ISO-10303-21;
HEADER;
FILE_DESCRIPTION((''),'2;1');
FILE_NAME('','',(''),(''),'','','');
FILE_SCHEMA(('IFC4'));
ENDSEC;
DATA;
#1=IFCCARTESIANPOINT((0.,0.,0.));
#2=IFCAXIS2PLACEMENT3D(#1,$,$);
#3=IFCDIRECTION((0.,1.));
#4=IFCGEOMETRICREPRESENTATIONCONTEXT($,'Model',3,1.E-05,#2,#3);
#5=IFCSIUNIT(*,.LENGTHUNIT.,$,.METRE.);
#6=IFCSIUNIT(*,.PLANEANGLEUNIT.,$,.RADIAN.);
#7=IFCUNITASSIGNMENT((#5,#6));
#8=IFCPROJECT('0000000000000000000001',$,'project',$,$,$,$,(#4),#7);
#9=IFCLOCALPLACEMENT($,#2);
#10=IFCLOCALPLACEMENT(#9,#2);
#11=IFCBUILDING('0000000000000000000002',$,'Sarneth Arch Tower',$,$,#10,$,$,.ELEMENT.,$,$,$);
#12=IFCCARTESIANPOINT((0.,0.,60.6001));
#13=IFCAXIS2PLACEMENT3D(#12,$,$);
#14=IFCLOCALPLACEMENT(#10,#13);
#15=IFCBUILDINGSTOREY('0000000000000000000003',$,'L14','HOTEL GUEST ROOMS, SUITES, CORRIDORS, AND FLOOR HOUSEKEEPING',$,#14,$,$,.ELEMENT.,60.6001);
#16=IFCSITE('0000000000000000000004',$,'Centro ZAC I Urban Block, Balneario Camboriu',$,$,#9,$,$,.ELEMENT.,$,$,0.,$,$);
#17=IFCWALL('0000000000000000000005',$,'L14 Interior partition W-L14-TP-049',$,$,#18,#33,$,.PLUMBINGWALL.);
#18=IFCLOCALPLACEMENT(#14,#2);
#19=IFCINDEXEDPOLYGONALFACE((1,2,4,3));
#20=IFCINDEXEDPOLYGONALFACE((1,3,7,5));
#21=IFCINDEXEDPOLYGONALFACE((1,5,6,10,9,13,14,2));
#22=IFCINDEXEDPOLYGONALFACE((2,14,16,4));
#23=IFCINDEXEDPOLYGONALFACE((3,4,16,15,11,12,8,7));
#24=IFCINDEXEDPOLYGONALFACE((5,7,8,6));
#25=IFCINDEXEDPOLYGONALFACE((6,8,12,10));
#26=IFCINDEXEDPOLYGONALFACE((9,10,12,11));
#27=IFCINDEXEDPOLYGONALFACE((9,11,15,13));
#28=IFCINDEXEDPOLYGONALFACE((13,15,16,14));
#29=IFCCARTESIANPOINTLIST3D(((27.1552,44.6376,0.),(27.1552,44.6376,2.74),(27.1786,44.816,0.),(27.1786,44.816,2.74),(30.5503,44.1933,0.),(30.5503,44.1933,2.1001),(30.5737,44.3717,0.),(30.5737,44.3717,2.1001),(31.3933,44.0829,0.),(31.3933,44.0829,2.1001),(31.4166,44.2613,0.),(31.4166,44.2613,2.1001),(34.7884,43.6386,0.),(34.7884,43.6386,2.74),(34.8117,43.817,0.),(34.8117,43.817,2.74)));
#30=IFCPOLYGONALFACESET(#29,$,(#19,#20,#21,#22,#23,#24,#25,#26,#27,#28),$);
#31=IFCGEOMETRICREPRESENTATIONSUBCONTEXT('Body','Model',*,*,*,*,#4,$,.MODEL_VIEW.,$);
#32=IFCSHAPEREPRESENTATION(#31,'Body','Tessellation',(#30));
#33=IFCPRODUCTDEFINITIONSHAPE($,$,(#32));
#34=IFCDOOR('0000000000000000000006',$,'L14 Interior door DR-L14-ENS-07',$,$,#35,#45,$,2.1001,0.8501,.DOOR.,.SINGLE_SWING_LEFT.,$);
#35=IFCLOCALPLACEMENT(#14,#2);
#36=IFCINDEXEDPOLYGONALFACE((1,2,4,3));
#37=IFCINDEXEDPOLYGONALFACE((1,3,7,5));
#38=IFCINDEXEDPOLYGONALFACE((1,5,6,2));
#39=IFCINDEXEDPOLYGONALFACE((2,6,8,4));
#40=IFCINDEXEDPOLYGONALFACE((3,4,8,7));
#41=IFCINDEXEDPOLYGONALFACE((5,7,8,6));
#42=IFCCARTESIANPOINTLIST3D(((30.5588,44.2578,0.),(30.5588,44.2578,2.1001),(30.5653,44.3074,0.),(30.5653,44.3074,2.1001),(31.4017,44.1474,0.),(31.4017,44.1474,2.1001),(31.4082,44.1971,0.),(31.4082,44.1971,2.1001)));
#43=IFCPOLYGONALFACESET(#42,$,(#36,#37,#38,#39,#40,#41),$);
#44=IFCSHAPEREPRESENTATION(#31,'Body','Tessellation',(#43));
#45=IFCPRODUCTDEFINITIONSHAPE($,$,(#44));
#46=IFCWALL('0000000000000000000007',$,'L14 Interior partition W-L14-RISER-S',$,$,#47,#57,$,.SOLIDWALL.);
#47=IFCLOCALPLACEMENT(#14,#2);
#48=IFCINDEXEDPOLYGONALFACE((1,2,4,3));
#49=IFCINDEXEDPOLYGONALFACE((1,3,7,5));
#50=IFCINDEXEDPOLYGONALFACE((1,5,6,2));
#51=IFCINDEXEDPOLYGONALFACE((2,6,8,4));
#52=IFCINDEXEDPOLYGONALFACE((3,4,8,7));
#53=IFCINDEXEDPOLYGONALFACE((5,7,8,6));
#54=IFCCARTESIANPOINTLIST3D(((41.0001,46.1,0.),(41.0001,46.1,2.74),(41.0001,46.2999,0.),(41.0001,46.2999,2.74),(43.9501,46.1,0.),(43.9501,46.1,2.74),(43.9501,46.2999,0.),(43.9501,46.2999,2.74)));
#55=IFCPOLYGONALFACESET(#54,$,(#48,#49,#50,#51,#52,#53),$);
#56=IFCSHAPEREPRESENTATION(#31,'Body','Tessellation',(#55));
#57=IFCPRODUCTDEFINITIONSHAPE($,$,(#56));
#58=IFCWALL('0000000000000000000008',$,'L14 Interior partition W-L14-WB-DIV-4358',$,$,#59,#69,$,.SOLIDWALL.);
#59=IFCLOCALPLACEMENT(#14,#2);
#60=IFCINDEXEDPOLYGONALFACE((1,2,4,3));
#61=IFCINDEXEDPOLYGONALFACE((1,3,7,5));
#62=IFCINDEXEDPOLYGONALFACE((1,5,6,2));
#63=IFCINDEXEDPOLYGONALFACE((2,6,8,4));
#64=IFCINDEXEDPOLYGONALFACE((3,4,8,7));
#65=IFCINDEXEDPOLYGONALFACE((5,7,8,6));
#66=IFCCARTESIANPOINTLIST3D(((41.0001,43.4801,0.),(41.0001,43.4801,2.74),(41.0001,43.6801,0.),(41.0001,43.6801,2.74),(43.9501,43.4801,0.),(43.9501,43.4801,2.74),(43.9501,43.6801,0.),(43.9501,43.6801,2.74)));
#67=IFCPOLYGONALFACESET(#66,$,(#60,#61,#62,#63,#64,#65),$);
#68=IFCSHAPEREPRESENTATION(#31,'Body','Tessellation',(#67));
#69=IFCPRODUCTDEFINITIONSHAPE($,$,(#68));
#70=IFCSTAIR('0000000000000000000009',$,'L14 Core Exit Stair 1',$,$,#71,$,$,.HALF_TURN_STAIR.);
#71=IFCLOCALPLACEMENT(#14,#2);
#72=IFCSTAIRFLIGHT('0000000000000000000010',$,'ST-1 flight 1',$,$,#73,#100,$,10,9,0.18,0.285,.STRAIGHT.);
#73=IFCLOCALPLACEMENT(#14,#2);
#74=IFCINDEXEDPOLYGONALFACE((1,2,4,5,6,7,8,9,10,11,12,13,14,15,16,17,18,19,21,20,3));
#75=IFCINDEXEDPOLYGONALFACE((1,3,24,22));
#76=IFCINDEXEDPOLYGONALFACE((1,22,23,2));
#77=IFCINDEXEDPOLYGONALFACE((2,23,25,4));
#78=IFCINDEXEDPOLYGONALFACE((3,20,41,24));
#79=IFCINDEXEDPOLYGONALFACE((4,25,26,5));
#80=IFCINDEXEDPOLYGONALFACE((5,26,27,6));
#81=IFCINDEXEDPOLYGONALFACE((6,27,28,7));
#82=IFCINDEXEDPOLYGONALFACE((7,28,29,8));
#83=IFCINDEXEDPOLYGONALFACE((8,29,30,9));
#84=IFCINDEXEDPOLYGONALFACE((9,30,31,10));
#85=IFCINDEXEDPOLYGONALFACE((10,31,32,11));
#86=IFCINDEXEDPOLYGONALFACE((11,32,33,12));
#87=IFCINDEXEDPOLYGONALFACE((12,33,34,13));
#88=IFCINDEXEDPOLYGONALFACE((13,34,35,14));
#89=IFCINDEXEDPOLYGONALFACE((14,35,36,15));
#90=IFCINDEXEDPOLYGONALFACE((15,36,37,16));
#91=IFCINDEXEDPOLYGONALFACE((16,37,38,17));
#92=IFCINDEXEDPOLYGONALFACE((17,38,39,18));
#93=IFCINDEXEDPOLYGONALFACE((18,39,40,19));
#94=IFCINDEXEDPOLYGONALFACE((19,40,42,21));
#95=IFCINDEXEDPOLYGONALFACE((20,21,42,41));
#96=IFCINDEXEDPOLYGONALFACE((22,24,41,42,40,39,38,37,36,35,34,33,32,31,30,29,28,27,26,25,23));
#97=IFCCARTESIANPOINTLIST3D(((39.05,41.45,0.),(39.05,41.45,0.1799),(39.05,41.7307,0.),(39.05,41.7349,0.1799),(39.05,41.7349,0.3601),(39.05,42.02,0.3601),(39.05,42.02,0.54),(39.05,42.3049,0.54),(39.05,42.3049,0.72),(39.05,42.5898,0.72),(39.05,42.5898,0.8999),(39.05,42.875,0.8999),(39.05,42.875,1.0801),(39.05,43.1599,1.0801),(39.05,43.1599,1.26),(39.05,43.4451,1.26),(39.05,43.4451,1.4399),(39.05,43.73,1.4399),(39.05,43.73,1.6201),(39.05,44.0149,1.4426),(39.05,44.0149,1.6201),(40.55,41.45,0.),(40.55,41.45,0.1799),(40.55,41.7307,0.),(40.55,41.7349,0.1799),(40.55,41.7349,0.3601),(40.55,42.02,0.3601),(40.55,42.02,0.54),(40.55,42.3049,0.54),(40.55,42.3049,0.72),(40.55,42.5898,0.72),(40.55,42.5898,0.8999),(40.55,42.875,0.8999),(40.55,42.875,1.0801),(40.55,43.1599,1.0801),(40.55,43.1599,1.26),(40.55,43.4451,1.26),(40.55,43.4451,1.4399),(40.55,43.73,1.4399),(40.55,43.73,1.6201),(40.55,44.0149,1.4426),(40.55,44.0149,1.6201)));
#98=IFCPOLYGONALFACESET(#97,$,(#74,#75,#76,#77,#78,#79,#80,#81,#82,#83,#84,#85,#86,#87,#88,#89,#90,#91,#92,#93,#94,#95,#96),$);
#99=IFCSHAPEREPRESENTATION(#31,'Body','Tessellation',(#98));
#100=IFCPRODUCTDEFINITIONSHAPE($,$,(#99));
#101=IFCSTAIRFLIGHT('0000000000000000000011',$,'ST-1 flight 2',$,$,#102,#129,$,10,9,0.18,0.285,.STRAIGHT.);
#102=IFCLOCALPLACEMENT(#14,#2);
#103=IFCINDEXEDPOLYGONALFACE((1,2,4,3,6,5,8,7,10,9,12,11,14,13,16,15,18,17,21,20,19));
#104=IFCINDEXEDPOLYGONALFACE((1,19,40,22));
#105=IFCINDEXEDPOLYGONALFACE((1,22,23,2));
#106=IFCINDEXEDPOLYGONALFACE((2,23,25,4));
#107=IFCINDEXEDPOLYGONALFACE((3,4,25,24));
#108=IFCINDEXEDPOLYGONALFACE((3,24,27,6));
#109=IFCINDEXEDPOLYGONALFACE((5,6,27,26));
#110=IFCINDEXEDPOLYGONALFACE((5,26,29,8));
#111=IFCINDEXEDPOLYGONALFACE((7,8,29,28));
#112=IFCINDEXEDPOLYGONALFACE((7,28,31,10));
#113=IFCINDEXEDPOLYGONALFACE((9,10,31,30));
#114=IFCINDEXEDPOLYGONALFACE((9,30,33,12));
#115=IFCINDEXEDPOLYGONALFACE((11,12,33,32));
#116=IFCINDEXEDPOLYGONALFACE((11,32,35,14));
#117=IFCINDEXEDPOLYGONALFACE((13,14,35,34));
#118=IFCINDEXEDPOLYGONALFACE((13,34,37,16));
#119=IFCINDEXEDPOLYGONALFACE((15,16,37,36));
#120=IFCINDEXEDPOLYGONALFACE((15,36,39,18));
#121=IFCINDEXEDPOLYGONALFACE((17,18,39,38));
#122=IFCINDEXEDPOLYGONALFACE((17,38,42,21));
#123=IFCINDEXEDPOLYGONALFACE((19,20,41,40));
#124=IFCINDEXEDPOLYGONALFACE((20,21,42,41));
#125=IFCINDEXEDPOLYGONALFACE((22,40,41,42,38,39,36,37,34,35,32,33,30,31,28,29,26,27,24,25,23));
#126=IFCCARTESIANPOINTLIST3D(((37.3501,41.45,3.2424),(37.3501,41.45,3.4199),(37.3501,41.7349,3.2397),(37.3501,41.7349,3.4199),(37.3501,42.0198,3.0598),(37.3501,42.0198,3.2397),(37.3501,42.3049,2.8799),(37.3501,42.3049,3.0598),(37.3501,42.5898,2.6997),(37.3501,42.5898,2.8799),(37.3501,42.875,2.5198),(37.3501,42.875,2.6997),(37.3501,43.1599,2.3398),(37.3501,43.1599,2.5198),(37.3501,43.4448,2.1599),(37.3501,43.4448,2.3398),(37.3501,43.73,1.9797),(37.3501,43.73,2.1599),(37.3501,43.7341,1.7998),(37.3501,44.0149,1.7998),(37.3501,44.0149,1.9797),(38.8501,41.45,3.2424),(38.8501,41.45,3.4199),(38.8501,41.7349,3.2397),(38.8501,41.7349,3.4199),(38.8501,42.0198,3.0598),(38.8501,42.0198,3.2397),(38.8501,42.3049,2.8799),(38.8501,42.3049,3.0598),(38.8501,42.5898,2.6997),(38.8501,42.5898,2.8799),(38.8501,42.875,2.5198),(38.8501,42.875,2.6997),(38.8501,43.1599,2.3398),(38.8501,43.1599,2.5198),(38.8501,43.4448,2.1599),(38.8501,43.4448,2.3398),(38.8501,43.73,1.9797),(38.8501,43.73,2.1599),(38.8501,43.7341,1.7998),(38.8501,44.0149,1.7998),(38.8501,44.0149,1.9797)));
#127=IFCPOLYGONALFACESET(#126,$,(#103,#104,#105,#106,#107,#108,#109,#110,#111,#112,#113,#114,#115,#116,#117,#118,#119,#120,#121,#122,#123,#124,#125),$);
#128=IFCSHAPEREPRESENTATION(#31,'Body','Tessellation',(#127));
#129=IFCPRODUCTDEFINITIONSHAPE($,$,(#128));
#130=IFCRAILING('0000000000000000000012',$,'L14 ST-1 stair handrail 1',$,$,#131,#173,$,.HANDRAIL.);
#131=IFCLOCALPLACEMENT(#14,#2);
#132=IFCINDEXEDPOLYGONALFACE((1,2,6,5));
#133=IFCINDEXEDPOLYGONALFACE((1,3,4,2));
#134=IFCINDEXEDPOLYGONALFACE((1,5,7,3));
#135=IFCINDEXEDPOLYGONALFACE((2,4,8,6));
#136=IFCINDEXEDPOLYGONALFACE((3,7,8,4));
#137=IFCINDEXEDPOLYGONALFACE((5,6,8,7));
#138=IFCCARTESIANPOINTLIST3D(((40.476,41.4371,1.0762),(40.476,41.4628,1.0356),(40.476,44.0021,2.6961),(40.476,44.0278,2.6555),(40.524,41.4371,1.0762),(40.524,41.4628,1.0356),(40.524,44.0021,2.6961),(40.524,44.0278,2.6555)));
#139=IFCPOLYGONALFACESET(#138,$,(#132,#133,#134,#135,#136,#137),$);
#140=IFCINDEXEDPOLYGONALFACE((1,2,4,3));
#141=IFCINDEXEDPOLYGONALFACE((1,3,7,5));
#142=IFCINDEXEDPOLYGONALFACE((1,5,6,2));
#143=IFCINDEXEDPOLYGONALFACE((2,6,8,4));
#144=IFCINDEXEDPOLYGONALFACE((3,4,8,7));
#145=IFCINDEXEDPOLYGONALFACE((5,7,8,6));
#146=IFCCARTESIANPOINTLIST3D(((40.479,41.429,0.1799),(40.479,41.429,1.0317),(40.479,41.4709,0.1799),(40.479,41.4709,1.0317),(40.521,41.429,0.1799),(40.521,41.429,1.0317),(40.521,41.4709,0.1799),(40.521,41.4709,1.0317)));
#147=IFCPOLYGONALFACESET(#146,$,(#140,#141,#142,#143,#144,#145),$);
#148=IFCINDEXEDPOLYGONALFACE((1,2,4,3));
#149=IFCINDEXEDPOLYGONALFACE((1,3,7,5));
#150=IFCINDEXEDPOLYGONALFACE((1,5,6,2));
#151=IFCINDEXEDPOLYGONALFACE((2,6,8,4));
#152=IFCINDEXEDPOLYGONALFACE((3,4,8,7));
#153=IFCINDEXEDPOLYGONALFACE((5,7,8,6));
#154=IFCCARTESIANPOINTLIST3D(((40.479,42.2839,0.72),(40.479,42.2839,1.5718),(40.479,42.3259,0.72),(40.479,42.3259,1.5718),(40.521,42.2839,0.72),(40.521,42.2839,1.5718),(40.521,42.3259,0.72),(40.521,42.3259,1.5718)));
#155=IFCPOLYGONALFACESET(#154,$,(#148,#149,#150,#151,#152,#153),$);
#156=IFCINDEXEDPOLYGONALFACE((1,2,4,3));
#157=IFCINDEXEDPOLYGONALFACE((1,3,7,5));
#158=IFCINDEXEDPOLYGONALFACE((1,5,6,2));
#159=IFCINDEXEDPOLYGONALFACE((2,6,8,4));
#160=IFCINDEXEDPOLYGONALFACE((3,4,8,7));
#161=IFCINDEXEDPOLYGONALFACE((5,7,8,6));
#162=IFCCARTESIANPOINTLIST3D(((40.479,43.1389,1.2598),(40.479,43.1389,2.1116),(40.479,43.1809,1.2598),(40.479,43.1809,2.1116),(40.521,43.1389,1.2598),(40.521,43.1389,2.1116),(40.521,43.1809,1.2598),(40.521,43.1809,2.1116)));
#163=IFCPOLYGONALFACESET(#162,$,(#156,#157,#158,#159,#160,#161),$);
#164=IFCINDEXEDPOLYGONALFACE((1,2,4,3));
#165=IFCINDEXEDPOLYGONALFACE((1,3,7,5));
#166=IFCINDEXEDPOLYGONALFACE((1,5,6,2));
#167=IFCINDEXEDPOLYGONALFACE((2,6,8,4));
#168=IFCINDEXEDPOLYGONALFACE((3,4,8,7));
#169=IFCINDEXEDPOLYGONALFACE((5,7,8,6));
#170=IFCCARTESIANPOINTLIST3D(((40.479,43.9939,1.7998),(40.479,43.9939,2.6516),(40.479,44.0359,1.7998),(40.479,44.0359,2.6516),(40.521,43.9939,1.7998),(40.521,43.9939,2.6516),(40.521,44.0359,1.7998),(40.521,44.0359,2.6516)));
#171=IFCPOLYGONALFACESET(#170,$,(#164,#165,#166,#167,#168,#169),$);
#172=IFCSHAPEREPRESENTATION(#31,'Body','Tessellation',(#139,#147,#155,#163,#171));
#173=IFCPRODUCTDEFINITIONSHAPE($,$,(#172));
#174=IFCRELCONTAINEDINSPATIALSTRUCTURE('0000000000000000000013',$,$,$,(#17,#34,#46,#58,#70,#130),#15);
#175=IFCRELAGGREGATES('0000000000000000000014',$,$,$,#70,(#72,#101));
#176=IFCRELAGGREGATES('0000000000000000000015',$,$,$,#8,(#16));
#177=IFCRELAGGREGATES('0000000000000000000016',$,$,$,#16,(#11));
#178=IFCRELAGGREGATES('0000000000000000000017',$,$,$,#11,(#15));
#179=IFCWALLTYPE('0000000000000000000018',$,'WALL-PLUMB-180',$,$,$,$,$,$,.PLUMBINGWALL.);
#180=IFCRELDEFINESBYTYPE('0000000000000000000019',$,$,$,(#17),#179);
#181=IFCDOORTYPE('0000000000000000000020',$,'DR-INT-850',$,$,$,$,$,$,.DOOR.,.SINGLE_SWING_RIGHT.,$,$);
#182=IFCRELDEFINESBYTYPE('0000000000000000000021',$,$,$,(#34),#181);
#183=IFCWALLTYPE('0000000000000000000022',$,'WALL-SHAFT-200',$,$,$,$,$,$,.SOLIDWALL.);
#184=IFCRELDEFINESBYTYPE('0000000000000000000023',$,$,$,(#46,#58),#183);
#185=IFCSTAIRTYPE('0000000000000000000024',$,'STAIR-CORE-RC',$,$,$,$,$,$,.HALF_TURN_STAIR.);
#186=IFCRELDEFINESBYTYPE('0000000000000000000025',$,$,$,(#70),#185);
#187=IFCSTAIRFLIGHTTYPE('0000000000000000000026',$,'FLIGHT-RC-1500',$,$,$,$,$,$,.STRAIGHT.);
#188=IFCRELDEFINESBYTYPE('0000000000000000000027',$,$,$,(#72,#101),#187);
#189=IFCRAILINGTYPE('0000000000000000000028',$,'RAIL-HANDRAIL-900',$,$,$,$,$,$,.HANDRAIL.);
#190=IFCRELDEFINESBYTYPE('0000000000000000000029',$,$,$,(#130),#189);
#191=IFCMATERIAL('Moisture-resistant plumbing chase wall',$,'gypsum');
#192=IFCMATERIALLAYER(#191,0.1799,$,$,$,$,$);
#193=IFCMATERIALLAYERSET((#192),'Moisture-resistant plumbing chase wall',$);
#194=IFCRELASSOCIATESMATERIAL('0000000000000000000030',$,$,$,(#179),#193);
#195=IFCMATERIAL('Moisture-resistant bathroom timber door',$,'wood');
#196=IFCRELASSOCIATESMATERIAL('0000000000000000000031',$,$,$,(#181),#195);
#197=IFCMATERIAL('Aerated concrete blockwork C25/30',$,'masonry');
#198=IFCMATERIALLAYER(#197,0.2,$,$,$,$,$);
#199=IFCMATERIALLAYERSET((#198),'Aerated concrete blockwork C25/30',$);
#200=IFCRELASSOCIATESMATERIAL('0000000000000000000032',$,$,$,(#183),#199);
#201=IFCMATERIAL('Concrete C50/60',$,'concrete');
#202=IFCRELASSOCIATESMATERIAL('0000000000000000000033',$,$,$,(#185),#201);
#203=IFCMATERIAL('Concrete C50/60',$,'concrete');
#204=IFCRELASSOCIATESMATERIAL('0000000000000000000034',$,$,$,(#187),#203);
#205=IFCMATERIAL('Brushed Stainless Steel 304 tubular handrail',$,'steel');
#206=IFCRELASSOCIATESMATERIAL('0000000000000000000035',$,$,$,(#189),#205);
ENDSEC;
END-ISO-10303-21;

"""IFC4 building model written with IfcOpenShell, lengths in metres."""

from ifc_helpers import new_model, si_unit, direction, frame, frame_2d, origin, origin_2d, place, context, subcontext, project, spatial, polyline, rectangle, outline, extrude, material, layer, layer_set, type_object, element, fill, aggregate, save


model = new_model("IFC4")

# Units and contexts
model_context = context("Model", 3, precision=1e-05, world=origin(), true_north=direction((0.0, 1.0)))
body_context = subcontext(model_context, "Body", "Model", "MODEL_VIEW")
ifc_project = project(units=[si_unit("LENGTHUNIT", "METRE"), si_unit("PLANEANGLEUNIT", "RADIAN")], contexts=[model_context])

# Site, building, storey
site_placement = place(None, origin())
site = spatial("IfcSite", under=ifc_project, at=site_placement, Name="Centro ZAC I Urban Block, Balneario Camboriu", CompositionType="ELEMENT", RefElevation=0.0)
building_placement = place(site_placement, origin())
building = spatial("IfcBuilding", under=site, at=building_placement, Name="Sarneth Arch Tower", CompositionType="ELEMENT")
storey_placement = place(building_placement, frame((0.0, 0.0, 60.6001)))
storey = spatial("IfcBuildingStorey", under=building, at=storey_placement, Name="L14", Description="HOTEL GUEST ROOMS, SUITES, CORRIDORS, AND FLOOR HOUSEKEEPING", CompositionType="ELEMENT", Elevation=60.6001)

# Wall, opening, door
ifc_material_1 = material(Name="Moisture-resistant plumbing chase wall", Category="gypsum")
ifc_layer_1 = layer(ifc_material_1, 0.1799)
ifc_layer_set_1 = layer_set([ifc_layer_1], Name="Moisture-resistant plumbing chase wall")
wall_type_1 = type_object("IfcWallType", Name="WALL-PLUMB-180", PredefinedType="PLUMBINGWALL", material=ifc_layer_set_1)
wall_1_placement = place(storey_placement, frame((34.8, 43.7278, 0.0), z_axis=(0.0, 0.0, 1.0), x_axis=(-0.991544, 0.129774, 0.0)))
wall_1 = element("IfcWall", 1, at=wall_1_placement, inside=storey, type_object=wall_type_1, Name="L14 Interior partition W-L14-TP-049", PredefinedType="PLUMBINGWALL", context=body_context, shape_type="SweptSolid", body=[
    extrude(rectangle(XDim=7.6982, YDim=0.1799, at=frame_2d((3.8491, 0.0))), origin(), (0.0, 0.0, 1.0), 2.74),
])
opening_1_placement = place(wall_1_placement, frame((3.4241, 0.0, 0.0)))
opening_1 = element("IfcOpeningElement", 2, at=opening_1_placement, cuts=wall_1, PredefinedType="OPENING", context=body_context, shape_type="SweptSolid", body=[
    extrude(rectangle(XDim=0.8501, YDim=2.1001, at=frame_2d((0.425, 1.05))), frame((0.0, 0.0999, 0.0), z_axis=(0.0, -1.0, 0.0), x_axis=(1.0, 0.0, 0.0)), (0.0, 0.0, 1.0), 0.2),
])
ifc_material_2 = material(Name="Moisture-resistant bathroom timber door", Category="wood")
door_type_1 = type_object("IfcDoorType", Name="DR-INT-850", OperationType="SINGLE_SWING_RIGHT", PredefinedType="DOOR", material=ifc_material_2)
door_1_placement = place(opening_1_placement, origin())
door_1 = element("IfcDoor", 3, at=door_1_placement, inside=storey, type_object=door_type_1, Name="L14 Interior door DR-L14-ENS-07", OperationType="SINGLE_SWING_LEFT", OverallHeight=2.1001, OverallWidth=0.8501, PredefinedType="DOOR", context=body_context, shape_type="SweptSolid", body=[
    extrude(rectangle(XDim=0.8501, YDim=2.1001, at=frame_2d((0.425, 1.05))), frame((0.0, 0.0249, 0.0), z_axis=(0.0, -1.0, 0.0), x_axis=(1.0, 0.0, 0.0)), (0.0, 0.0, 1.0), 0.05),
])
fill(opening_1, door_1)

# Wall
ifc_material_3 = material(Name="Aerated concrete blockwork C25/30", Category="masonry")
ifc_layer_2 = layer(ifc_material_3, 0.2)
ifc_layer_set_2 = layer_set([ifc_layer_2], Name="Aerated concrete blockwork C25/30")
wall_type_2 = type_object("IfcWallType", Name="WALL-SHAFT-200", PredefinedType="SOLIDWALL", material=ifc_layer_set_2)
wall_2_placement = place(storey_placement, frame((41.0, 46.2, 0.0), z_axis=(0.0, 0.0, 1.0), x_axis=(1.0, 0.0, 0.0)))
element("IfcWall", 4, at=wall_2_placement, inside=storey, type_object=wall_type_2, Name="L14 Interior partition W-L14-RISER-S", PredefinedType="SOLIDWALL", context=body_context, shape_type="SweptSolid", body=[
    extrude(rectangle(XDim=2.95, YDim=0.2, at=frame_2d((1.4751, 0.0))), origin(), (0.0, 0.0, 1.0), 2.74),
])

# Wall
wall_3_placement = place(storey_placement, frame((41.0, 43.5801, 0.0), z_axis=(0.0, 0.0, 1.0), x_axis=(1.0, 0.0, 0.0)))
element("IfcWall", 5, at=wall_3_placement, inside=storey, type_object=wall_type_2, Name="L14 Interior partition W-L14-WB-DIV-4358", PredefinedType="SOLIDWALL", context=body_context, shape_type="SweptSolid", body=[
    extrude(rectangle(XDim=2.95, YDim=0.2, at=frame_2d((1.4751, 0.0))), origin(), (0.0, 0.0, 1.0), 2.74),
])

# Stair, stair flights
ifc_material_4 = material(Name="Concrete C50/60", Category="concrete")
stair_type = type_object("IfcStairType", Name="STAIR-CORE-RC", PredefinedType="HALF_TURN_STAIR", material=ifc_material_4)
stair_placement = place(storey_placement, origin())
stair = element("IfcStair", 6, at=stair_placement, inside=storey, type_object=stair_type, Name="L14 Core Exit Stair 1", PredefinedType="HALF_TURN_STAIR")
ifc_material_5 = material(Name="Concrete C50/60", Category="concrete")
stair_flight_type = type_object("IfcStairFlightType", Name="FLIGHT-RC-1500", PredefinedType="STRAIGHT", material=ifc_material_5)
stair_flight_1_placement = place(storey_placement, frame((39.8, 41.45, 0.0), z_axis=(0.0, 0.0, 1.0), x_axis=(0.0, 1.0, 0.0)))
stair_flight_1 = element("IfcStairFlight", 7, at=stair_flight_1_placement, type_object=stair_flight_type, Name="ST-1 flight 1", NumberOfRisers=10, NumberOfTreads=9, PredefinedType="STRAIGHT", RiserHeight=0.18, TreadLength=0.285, context=body_context, shape_type="SweptSolid", body=[
    extrude(outline(polyline([(0.0, 0.0), (0.0, 0.1799), (0.2849, 0.1799), (0.2849, 0.3601), (0.5701, 0.3601), (0.5701, 0.54), (0.855, 0.54), (0.855, 0.72), (1.1399, 0.72), (1.1399, 0.8999), (1.425, 0.8999), (1.425, 1.0801), (1.71, 1.0801), (1.71, 1.26), (1.9951, 1.26), (1.9951, 1.4399), (2.28, 1.4399), (2.28, 1.6201), (2.5649, 1.6201), (2.5649, 1.8), (2.5649, 1.4426), (0.2808, 0.0), (0.0, 0.0)])), frame((0.0, 0.75, 0.0), z_axis=(0.0, -1.0, 0.0), x_axis=(1.0, 0.0, 0.0)), (0.0, 0.0, 1.0), 1.5),
])
stair_flight_2_placement = place(storey_placement, frame((38.1001, 44.0149, 1.7998), z_axis=(0.0, 0.0, 1.0), x_axis=(0.0, -1.0, 0.0)))
stair_flight_2 = element("IfcStairFlight", 8, at=stair_flight_2_placement, type_object=stair_flight_type, Name="ST-1 flight 2", NumberOfRisers=10, NumberOfTreads=9, PredefinedType="STRAIGHT", RiserHeight=0.18, TreadLength=0.285, context=body_context, shape_type="SweptSolid", body=[
    extrude(outline(polyline([(0.0, 0.0), (0.0, 0.1799), (0.2849, 0.1799), (0.2849, 0.3601), (0.5701, 0.3601), (0.5701, 0.54), (0.855, 0.54), (0.855, 0.72), (1.1399, 0.72), (1.1399, 0.8999), (1.425, 0.8999), (1.425, 1.0801), (1.71, 1.0801), (1.71, 1.26), (1.9951, 1.26), (1.9951, 1.4399), (2.28, 1.4399), (2.28, 1.6201), (2.5649, 1.6201), (2.5649, 1.8), (2.5649, 1.4426), (0.2808, 0.0), (0.0, 0.0)])), frame((0.0, 0.75, 0.0), z_axis=(0.0, -1.0, 0.0), x_axis=(1.0, 0.0, 0.0)), (0.0, 0.0, 1.0), 1.5),
])
aggregate(stair, [stair_flight_1, stair_flight_2])

# Railing
ifc_material_6 = material(Name="Brushed Stainless Steel 304 tubular handrail", Category="steel")
railing_type_1 = type_object("IfcRailingType", Name="RAIL-HANDRAIL-900", PredefinedType="HANDRAIL", material=ifc_material_6)
railing_1_placement = place(storey_placement, frame((40.5, 41.45, 0.1799)))
element("IfcRailing", 9, at=railing_1_placement, inside=storey, type_object=railing_type_1, Name="L14 ST-1 stair handrail 1", PredefinedType="HANDRAIL", context=body_context, shape_type="SweptSolid", body=[
    extrude(rectangle(XDim=0.0481, YDim=0.0481, at=origin_2d()), frame((0.0, 0.0, 0.876), z_axis=(0.0, 0.845502, 0.533972), x_axis=(-1.0, 0.0, 0.0)), (0.0, 0.0, 1.0), 3.0337),
    extrude(rectangle(XDim=0.042, YDim=0.042, at=origin_2d()), origin(), (0.0, 0.0, 1.0), 0.8518),
    extrude(rectangle(XDim=0.042, YDim=0.042, at=origin_2d()), frame((0.0, 0.855, 0.54)), (0.0, 0.0, 1.0), 0.8518),
    extrude(rectangle(XDim=0.042, YDim=0.042, at=origin_2d()), frame((0.0, 1.71, 1.0798)), (0.0, 0.0, 1.0), 0.8518),
    extrude(rectangle(XDim=0.042, YDim=0.042, at=origin_2d()), frame((0.0, 2.5649, 1.6199)), (0.0, 0.0, 1.0), 0.8518),
])

save(model, "model.ifc")
